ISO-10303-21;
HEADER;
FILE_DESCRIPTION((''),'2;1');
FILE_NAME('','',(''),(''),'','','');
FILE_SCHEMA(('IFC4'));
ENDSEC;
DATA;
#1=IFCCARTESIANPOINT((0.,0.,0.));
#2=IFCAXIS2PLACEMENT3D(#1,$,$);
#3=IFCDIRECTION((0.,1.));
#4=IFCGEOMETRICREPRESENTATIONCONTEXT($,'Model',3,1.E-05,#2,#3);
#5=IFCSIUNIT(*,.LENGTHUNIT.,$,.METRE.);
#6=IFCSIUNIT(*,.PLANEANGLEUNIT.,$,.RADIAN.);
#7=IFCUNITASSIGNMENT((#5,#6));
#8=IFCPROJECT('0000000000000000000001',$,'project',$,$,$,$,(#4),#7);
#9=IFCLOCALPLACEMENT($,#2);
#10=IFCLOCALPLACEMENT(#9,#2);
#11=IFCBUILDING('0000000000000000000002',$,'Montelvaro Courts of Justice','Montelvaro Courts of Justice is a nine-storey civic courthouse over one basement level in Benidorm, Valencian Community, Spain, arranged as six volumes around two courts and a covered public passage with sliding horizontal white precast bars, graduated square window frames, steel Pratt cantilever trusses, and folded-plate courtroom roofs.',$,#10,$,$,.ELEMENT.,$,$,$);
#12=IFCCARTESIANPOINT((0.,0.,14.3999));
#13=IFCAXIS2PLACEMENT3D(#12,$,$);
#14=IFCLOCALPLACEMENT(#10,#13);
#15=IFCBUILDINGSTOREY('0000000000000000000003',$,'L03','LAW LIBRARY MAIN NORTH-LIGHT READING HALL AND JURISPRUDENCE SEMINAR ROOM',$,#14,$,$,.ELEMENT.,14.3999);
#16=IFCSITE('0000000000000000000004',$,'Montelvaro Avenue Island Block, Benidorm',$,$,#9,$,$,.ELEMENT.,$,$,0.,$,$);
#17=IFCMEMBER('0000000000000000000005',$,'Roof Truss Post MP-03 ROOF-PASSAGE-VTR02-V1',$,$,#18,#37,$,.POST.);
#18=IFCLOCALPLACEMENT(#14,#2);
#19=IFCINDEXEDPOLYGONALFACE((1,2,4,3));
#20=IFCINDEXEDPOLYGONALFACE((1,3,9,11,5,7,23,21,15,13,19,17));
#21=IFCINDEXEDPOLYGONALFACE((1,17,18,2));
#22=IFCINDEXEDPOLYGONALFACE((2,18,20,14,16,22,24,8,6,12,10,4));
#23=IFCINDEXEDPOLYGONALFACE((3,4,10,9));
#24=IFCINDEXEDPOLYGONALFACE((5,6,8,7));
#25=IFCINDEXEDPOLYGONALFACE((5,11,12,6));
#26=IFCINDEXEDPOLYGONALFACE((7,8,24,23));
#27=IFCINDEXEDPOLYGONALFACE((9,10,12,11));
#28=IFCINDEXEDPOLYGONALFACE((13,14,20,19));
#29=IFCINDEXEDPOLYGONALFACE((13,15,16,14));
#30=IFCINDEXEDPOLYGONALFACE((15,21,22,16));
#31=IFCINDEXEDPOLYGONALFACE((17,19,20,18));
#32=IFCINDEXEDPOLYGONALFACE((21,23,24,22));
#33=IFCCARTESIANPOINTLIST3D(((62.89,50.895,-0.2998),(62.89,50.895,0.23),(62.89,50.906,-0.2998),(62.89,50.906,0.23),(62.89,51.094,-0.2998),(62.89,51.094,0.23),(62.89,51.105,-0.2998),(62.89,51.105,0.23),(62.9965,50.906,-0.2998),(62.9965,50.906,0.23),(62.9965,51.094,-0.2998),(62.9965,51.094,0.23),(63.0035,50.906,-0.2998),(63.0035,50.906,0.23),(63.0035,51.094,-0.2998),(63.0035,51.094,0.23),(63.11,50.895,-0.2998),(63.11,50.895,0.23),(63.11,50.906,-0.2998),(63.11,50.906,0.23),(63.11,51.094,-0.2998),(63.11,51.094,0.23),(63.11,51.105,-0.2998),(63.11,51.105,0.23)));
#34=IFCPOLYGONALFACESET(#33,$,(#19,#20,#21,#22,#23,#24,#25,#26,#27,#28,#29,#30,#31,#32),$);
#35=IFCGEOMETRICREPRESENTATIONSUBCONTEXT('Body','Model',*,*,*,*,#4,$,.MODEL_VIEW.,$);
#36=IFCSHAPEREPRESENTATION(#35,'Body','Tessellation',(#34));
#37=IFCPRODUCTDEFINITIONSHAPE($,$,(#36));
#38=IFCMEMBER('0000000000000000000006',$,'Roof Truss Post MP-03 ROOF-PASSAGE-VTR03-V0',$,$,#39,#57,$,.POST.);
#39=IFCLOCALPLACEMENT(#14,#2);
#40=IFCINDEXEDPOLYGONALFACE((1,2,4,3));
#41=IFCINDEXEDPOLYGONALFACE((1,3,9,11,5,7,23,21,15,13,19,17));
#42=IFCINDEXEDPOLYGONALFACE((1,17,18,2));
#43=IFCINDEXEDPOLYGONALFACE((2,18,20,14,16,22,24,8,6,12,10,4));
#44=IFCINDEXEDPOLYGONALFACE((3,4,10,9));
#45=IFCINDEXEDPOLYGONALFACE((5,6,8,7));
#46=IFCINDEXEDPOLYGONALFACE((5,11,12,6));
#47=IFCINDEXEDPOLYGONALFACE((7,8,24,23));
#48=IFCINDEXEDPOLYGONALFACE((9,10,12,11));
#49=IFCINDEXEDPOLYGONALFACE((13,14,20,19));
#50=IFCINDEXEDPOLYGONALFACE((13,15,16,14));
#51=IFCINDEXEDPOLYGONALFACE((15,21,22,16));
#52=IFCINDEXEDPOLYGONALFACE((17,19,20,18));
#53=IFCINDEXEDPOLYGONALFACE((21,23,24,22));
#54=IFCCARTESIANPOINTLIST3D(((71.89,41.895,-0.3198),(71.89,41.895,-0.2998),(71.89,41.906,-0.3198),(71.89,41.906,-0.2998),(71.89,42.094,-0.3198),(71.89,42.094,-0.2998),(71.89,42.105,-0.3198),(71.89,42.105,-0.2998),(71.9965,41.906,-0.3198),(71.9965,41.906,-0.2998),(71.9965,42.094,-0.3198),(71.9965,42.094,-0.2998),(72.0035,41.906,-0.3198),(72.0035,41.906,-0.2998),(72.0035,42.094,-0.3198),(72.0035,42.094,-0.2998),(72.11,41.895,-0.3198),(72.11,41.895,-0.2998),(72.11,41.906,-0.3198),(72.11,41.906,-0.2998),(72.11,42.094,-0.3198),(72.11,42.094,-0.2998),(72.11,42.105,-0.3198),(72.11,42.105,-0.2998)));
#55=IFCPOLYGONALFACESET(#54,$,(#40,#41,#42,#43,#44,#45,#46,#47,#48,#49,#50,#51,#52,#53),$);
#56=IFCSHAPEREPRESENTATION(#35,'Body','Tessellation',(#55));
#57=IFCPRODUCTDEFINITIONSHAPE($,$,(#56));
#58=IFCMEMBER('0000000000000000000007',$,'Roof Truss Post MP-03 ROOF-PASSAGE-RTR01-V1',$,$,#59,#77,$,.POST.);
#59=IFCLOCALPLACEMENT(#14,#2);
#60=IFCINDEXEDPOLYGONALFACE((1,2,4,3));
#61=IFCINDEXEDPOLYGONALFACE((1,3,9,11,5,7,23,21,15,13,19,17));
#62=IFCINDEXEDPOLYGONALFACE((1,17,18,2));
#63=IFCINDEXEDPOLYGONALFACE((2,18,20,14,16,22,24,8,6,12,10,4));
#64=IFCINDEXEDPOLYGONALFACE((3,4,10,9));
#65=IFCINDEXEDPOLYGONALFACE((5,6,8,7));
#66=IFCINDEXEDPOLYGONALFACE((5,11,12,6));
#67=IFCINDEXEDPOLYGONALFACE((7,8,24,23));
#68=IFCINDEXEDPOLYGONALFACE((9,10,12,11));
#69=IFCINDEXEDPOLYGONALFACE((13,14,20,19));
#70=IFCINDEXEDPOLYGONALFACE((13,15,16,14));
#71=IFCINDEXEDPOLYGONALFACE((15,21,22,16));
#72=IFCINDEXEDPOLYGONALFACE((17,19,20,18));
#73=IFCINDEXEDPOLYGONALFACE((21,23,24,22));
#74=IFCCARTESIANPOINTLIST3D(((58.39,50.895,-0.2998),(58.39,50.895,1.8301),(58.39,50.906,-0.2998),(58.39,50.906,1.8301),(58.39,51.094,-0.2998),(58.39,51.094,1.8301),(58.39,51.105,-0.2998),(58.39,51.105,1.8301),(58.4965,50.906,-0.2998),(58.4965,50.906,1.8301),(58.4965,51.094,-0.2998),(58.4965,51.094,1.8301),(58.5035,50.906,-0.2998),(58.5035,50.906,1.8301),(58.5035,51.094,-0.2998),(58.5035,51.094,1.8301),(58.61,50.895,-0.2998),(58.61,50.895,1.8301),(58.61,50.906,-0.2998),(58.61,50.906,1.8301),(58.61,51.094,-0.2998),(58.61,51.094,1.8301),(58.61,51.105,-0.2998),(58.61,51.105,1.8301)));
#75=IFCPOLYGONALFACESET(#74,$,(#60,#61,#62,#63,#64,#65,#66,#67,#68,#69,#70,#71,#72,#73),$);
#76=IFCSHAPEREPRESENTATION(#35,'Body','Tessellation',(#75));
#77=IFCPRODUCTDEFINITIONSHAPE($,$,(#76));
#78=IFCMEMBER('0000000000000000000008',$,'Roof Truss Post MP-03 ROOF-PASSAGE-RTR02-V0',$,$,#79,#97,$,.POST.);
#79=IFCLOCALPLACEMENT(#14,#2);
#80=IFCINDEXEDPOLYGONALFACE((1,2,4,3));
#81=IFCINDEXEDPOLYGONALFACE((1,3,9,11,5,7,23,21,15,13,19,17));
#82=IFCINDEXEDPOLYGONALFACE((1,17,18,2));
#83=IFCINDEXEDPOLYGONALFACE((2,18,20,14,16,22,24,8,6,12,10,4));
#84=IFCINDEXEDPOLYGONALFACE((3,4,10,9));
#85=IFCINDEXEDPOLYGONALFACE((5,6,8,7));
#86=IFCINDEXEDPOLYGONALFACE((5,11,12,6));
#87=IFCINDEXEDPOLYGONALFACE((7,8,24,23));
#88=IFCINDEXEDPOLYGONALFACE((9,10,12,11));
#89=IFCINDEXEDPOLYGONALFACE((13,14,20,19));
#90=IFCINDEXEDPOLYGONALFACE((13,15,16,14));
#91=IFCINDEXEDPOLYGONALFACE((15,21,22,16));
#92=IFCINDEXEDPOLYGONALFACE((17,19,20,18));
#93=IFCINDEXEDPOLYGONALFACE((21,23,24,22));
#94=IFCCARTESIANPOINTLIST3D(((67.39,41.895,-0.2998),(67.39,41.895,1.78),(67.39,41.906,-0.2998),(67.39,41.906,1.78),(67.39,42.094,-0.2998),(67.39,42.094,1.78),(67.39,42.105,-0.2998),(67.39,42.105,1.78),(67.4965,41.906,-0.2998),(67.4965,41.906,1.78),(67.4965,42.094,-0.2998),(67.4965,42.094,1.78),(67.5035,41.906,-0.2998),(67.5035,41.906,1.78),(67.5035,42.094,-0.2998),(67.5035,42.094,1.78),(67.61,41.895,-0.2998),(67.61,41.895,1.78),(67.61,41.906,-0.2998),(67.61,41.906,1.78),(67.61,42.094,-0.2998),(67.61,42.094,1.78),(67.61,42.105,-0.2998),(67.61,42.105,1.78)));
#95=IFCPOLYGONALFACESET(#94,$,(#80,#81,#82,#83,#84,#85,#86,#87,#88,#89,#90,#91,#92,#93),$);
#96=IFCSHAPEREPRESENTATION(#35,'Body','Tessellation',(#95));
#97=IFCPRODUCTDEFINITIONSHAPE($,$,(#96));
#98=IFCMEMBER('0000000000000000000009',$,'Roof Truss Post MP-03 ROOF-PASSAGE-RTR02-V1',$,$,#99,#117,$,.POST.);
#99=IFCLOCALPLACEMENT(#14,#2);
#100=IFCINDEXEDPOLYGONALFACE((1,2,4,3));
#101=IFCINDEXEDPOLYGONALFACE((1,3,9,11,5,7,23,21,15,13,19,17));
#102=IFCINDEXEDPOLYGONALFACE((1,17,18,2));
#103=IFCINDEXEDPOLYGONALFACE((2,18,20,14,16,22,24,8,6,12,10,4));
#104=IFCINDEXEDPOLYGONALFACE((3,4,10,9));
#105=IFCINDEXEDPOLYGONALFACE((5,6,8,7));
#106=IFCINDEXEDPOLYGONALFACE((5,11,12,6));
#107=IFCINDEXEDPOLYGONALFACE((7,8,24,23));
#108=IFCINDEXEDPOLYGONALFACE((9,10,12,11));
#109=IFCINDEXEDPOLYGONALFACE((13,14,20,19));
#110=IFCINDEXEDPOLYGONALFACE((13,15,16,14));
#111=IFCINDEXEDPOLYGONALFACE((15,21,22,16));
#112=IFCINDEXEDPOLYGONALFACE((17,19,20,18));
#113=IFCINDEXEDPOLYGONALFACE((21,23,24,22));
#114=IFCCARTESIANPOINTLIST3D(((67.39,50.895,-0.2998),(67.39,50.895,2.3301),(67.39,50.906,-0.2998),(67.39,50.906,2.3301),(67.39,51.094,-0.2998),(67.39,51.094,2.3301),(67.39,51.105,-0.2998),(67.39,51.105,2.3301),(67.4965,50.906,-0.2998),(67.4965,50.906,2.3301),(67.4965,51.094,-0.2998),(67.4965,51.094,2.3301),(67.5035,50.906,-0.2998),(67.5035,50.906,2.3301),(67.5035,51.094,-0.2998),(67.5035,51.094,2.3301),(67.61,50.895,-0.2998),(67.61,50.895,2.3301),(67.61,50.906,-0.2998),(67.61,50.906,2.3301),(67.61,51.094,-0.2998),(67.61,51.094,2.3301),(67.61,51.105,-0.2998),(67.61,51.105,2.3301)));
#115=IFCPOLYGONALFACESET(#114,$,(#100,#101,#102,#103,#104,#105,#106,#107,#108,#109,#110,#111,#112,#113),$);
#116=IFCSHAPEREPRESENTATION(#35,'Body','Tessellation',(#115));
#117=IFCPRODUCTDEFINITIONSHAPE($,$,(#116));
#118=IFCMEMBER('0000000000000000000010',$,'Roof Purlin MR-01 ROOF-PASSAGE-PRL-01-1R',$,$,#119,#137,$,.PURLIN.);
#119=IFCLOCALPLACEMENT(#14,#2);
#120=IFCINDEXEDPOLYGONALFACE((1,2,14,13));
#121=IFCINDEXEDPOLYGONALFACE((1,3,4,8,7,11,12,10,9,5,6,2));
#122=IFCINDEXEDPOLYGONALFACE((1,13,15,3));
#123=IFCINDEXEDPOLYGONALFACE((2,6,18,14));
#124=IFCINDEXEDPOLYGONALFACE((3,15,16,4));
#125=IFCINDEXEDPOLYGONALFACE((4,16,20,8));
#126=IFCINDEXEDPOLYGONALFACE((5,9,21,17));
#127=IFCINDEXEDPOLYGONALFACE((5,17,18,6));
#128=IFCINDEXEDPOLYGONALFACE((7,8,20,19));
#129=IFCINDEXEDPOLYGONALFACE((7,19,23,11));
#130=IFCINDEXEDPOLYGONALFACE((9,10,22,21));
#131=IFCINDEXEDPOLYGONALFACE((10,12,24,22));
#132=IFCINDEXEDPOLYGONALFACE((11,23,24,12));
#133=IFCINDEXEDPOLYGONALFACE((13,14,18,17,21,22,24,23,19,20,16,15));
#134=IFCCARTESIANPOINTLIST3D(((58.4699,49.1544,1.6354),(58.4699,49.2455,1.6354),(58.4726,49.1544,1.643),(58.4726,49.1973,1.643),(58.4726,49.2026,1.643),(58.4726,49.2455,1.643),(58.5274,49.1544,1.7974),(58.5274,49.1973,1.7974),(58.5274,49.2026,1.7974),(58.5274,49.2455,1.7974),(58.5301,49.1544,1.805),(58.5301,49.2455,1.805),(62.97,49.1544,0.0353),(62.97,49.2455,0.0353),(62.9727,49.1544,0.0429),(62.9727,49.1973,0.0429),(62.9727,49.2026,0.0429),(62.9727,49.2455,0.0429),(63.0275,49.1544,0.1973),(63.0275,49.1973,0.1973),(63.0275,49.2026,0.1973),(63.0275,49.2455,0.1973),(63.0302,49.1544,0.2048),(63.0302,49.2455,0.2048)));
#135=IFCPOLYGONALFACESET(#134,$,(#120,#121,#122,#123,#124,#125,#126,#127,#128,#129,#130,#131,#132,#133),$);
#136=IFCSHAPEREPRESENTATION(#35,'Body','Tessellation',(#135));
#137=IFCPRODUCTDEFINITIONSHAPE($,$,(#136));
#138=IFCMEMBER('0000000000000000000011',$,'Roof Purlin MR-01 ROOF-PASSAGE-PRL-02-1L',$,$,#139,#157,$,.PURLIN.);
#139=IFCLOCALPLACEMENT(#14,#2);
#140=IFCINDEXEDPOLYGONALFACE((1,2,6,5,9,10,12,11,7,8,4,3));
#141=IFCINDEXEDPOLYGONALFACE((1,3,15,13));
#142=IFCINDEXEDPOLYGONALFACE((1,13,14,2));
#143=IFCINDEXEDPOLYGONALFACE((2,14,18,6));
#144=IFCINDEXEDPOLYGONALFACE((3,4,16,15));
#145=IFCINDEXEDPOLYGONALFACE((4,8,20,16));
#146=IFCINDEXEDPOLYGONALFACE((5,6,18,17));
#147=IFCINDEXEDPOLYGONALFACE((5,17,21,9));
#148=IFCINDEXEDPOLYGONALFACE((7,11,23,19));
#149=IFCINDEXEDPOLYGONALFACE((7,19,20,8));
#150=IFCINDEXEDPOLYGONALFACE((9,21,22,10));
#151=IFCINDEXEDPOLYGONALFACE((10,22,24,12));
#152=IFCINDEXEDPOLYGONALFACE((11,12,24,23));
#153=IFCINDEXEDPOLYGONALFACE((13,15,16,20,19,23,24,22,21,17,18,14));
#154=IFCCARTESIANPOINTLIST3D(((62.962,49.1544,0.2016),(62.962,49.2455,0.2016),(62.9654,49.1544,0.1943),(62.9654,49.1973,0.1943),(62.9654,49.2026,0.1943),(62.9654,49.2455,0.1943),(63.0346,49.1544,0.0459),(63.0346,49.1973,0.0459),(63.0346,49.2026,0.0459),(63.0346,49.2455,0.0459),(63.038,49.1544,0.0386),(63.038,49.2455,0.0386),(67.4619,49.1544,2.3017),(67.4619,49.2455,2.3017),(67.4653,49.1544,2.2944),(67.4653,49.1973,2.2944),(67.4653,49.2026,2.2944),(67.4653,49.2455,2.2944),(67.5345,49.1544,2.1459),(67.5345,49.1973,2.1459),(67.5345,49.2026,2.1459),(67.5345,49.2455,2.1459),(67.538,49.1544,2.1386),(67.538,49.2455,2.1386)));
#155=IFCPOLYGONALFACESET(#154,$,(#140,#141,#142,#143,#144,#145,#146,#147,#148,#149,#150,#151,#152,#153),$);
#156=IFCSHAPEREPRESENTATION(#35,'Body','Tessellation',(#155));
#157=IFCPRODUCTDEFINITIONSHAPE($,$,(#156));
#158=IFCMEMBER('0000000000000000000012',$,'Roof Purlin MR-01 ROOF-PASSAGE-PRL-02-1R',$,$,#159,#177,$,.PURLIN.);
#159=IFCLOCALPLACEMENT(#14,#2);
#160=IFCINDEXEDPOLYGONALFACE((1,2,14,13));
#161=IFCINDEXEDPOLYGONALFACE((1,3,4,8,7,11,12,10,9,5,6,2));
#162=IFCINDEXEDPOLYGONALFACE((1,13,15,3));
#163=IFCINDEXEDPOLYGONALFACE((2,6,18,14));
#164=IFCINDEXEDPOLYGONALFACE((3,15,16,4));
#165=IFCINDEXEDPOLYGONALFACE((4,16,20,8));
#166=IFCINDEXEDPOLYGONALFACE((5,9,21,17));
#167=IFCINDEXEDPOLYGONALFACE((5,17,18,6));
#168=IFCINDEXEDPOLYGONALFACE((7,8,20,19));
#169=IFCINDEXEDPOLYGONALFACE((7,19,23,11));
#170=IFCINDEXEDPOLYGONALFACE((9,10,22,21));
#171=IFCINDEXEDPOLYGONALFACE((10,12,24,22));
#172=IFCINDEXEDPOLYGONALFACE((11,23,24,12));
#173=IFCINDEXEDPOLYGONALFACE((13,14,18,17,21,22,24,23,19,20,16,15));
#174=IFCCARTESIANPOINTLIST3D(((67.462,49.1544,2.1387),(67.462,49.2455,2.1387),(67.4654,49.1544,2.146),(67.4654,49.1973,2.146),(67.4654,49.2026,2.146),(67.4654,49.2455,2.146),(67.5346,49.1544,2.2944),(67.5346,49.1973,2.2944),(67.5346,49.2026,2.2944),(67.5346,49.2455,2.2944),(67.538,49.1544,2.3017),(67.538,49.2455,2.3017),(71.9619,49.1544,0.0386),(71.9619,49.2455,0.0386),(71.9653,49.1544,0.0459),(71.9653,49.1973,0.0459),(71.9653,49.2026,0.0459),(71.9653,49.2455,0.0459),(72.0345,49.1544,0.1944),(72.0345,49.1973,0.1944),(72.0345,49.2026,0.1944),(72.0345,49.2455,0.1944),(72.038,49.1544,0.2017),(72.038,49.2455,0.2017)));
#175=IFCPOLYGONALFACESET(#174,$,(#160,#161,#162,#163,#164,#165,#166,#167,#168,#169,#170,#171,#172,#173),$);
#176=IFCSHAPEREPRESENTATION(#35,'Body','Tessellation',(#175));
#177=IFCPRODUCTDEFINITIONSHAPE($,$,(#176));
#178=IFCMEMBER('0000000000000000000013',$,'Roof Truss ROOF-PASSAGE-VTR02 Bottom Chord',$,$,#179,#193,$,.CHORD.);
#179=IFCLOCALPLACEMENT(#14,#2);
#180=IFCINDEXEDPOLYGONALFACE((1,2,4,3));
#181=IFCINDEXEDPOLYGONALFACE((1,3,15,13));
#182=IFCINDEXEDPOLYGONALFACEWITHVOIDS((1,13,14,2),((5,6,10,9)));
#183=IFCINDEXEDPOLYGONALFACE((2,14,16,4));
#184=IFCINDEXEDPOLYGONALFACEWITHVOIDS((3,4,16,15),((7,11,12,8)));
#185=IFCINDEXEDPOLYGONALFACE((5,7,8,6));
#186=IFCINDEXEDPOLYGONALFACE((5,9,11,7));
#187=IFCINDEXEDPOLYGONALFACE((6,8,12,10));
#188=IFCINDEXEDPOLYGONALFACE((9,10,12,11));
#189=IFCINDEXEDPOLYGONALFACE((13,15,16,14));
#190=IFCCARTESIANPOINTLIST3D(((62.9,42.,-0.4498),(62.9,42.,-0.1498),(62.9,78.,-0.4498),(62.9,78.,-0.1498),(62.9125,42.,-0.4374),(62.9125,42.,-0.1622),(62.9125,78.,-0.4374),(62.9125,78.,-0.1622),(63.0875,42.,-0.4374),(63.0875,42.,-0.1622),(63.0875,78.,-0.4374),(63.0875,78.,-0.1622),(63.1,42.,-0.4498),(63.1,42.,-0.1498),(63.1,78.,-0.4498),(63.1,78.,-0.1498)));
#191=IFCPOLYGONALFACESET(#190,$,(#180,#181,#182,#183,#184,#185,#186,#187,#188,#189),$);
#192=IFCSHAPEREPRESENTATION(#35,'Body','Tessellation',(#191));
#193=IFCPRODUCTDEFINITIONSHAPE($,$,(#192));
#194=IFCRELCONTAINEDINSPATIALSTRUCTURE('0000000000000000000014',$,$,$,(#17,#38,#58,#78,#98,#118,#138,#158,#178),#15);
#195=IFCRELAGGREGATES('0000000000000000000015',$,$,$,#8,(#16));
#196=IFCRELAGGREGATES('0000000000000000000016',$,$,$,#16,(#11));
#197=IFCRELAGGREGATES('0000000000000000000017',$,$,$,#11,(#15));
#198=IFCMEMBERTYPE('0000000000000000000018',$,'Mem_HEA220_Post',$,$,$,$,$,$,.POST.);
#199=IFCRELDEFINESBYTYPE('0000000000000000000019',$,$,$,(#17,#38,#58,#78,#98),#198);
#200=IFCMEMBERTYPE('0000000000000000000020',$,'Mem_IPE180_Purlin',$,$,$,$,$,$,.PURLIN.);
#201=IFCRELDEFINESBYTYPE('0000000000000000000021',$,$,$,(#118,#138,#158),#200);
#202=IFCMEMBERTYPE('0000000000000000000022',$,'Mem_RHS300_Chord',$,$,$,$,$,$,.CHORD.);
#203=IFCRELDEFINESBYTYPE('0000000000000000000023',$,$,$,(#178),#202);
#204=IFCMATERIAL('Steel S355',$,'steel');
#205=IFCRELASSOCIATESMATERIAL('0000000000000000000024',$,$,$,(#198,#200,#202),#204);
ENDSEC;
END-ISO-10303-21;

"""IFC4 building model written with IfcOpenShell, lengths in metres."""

from ifc_helpers import new_model, si_unit, direction, frame, origin, origin_2d, place, context, subcontext, project, spatial, hollow_rectangle, i_section, extrude, material, material_profile, profile_set, type_object, element, save


model = new_model("IFC4")

# Units and contexts
model_context = context("Model", 3, precision=1e-05, world=origin(), true_north=direction((0.0, 1.0)))
body_context = subcontext(model_context, "Body", "Model", "MODEL_VIEW")
ifc_project = project(units=[si_unit("LENGTHUNIT", "METRE"), si_unit("PLANEANGLEUNIT", "RADIAN")], contexts=[model_context])

# Site, building, storey
site_placement = place(None, origin())
site = spatial("IfcSite", under=ifc_project, at=site_placement, Name="Montelvaro Avenue Island Block, Benidorm", CompositionType="ELEMENT", RefElevation=0.0)
building_placement = place(site_placement, origin())
building = spatial("IfcBuilding", under=site, at=building_placement, Name="Montelvaro Courts of Justice", Description="Montelvaro Courts of Justice is a nine-storey civic courthouse over one basement level in Benidorm, Valencian Community, Spain, arranged as six volumes around two courts and a covered public passage with sliding horizontal white precast bars, graduated square window frames, steel Pratt cantilever trusses, and folded-plate courtroom roofs.", CompositionType="ELEMENT")
storey_placement = place(building_placement, frame((0.0, 0.0, 14.3999)))
storey = spatial("IfcBuildingStorey", under=building, at=storey_placement, Name="L03", Description="LAW LIBRARY MAIN NORTH-LIGHT READING HALL AND JURISPRUDENCE SEMINAR ROOM", CompositionType="ELEMENT", Elevation=14.3999)

# Shared definitions
ifc_material_1 = material(Name="Steel S355", Category="steel")

# Members
ifc_material_profile_1 = material_profile(ifc_material_1, i_section(OverallWidth=0.22, OverallDepth=0.21, WebThickness=0.0071, FlangeThickness=0.011, at=origin_2d()), Name="HEA 220")
ifc_profile_set_1 = profile_set([ifc_material_profile_1], Name="Steel S355")
member_type_1 = type_object("IfcMemberType", Name="Mem_HEA220_Post", PredefinedType="POST", material=ifc_profile_set_1)
member_1_placement = place(storey_placement, frame((63.0, 51.0, -0.2998), z_axis=(0.0, 0.0, 1.0), x_axis=(1.0, 0.0, 0.0)))
element("IfcMember", 1, at=member_1_placement, inside=storey, type_object=member_type_1, Name="Roof Truss Post MP-03 ROOF-PASSAGE-VTR02-V1", PredefinedType="POST", context=body_context, shape_type="SweptSolid", body=[
    extrude(i_section(OverallWidth=0.22, OverallDepth=0.21, WebThickness=0.0071, FlangeThickness=0.011, at=origin_2d()), origin(), (0.0, 0.0, 1.0), 0.5298),
])
member_2_placement = place(storey_placement, frame((72.0, 42.0, -0.2998), z_axis=(0.0, 0.0, -1.0), x_axis=(1.0, 0.0, 0.0)))
element("IfcMember", 2, at=member_2_placement, inside=storey, type_object=member_type_1, Name="Roof Truss Post MP-03 ROOF-PASSAGE-VTR03-V0", PredefinedType="POST", context=body_context, shape_type="SweptSolid", body=[
    extrude(i_section(OverallWidth=0.22, OverallDepth=0.21, WebThickness=0.0071, FlangeThickness=0.011, at=origin_2d()), origin(), (0.0, 0.0, 1.0), 0.02),
])
member_3_placement = place(storey_placement, frame((58.5, 51.0, -0.2998), z_axis=(0.0, 0.0, 1.0), x_axis=(1.0, 0.0, 0.0)))
element("IfcMember", 3, at=member_3_placement, inside=storey, type_object=member_type_1, Name="Roof Truss Post MP-03 ROOF-PASSAGE-RTR01-V1", PredefinedType="POST", context=body_context, shape_type="SweptSolid", body=[
    extrude(i_section(OverallWidth=0.22, OverallDepth=0.21, WebThickness=0.0071, FlangeThickness=0.011, at=origin_2d()), origin(), (0.0, 0.0, 1.0), 2.1299),
])
member_4_placement = place(storey_placement, frame((67.5, 42.0, -0.2998), z_axis=(0.0, 0.0, 1.0), x_axis=(1.0, 0.0, 0.0)))
element("IfcMember", 4, at=member_4_placement, inside=storey, type_object=member_type_1, Name="Roof Truss Post MP-03 ROOF-PASSAGE-RTR02-V0", PredefinedType="POST", context=body_context, shape_type="SweptSolid", body=[
    extrude(i_section(OverallWidth=0.22, OverallDepth=0.21, WebThickness=0.0071, FlangeThickness=0.011, at=origin_2d()), origin(), (0.0, 0.0, 1.0), 2.0798),
])
member_5_placement = place(storey_placement, frame((67.5, 51.0, -0.2998), z_axis=(0.0, 0.0, 1.0), x_axis=(1.0, 0.0, 0.0)))
element("IfcMember", 5, at=member_5_placement, inside=storey, type_object=member_type_1, Name="Roof Truss Post MP-03 ROOF-PASSAGE-RTR02-V1", PredefinedType="POST", context=body_context, shape_type="SweptSolid", body=[
    extrude(i_section(OverallWidth=0.22, OverallDepth=0.21, WebThickness=0.0071, FlangeThickness=0.011, at=origin_2d()), origin(), (0.0, 0.0, 1.0), 2.6299),
])
ifc_material_profile_2 = material_profile(ifc_material_1, i_section(OverallWidth=0.0911, OverallDepth=0.1799, WebThickness=0.0054, FlangeThickness=0.0081, at=origin_2d()), Name="IPE 180")
ifc_profile_set_2 = profile_set([ifc_material_profile_2], Name="Steel S355")
member_type_2 = type_object("IfcMemberType", Name="Mem_IPE180_Purlin", PredefinedType="PURLIN", material=ifc_profile_set_2)
member_6_placement = place(storey_placement, frame((58.5, 49.2, 1.7202), z_axis=(0.942208, 0.0, -0.335028), x_axis=(0.0, 1.0, 0.0)))
element("IfcMember", 6, at=member_6_placement, inside=storey, type_object=member_type_2, Name="Roof Purlin MR-01 ROOF-PASSAGE-PRL-01-1R", PredefinedType="PURLIN", context=body_context, shape_type="SweptSolid", body=[
    extrude(i_section(OverallWidth=0.0911, OverallDepth=0.1799, WebThickness=0.0054, FlangeThickness=0.0081, at=origin_2d()), origin(), (0.0, 0.0, 1.0), 4.7761),
])
for number, where, z_axis, x_axis, name in (
    (7, (63.0, 49.2, 0.1201), (0.906176, 0.0, 0.422902), (0.0, 1.0, 0.0), "Roof Purlin MR-01 ROOF-PASSAGE-PRL-02-1L"),
    (8, (67.5, 49.2, 2.2202), (0.906176, 0.0, -0.422902), (0.0, 1.0, 0.0), "Roof Purlin MR-01 ROOF-PASSAGE-PRL-02-1R"),
):
    element("IfcMember", number, at=place(storey_placement, frame(where, z_axis=z_axis, x_axis=x_axis)), inside=storey, type_object=member_type_2, Name=name, PredefinedType="PURLIN", context=body_context, shape_type="SweptSolid", body=[
        extrude(i_section(OverallWidth=0.0911, OverallDepth=0.1799, WebThickness=0.0054, FlangeThickness=0.0081, at=origin_2d()), origin(), (0.0, 0.0, 1.0), 4.9658),
    ])
ifc_material_profile_3 = material_profile(ifc_material_1, hollow_rectangle(XDim=0.2, YDim=0.3, WallThickness=0.0125, at=origin_2d()), Name="RHS 300x200x12.5")
ifc_profile_set_3 = profile_set([ifc_material_profile_3], Name="Steel S355")
member_type_3 = type_object("IfcMemberType", Name="Mem_RHS300_Chord", PredefinedType="CHORD", material=ifc_profile_set_3)
for number, where, z_axis, x_axis, name in (
    (9, (63.0, 42.0, -0.2998), (0.0, 1.0, 0.0), (-1.0, 0.0, 0.0), "Roof Truss ROOF-PASSAGE-VTR02 Bottom Chord"),
):
    element("IfcMember", number, at=place(storey_placement, frame(where, z_axis=z_axis, x_axis=x_axis)), inside=storey, type_object=member_type_3, Name=name, PredefinedType="CHORD", context=body_context, shape_type="SweptSolid", body=[
        extrude(hollow_rectangle(XDim=0.2, YDim=0.3, WallThickness=0.0125, at=origin_2d()), origin(), (0.0, 0.0, 1.0), 36.0),
    ])

save(model, "model.ifc")
